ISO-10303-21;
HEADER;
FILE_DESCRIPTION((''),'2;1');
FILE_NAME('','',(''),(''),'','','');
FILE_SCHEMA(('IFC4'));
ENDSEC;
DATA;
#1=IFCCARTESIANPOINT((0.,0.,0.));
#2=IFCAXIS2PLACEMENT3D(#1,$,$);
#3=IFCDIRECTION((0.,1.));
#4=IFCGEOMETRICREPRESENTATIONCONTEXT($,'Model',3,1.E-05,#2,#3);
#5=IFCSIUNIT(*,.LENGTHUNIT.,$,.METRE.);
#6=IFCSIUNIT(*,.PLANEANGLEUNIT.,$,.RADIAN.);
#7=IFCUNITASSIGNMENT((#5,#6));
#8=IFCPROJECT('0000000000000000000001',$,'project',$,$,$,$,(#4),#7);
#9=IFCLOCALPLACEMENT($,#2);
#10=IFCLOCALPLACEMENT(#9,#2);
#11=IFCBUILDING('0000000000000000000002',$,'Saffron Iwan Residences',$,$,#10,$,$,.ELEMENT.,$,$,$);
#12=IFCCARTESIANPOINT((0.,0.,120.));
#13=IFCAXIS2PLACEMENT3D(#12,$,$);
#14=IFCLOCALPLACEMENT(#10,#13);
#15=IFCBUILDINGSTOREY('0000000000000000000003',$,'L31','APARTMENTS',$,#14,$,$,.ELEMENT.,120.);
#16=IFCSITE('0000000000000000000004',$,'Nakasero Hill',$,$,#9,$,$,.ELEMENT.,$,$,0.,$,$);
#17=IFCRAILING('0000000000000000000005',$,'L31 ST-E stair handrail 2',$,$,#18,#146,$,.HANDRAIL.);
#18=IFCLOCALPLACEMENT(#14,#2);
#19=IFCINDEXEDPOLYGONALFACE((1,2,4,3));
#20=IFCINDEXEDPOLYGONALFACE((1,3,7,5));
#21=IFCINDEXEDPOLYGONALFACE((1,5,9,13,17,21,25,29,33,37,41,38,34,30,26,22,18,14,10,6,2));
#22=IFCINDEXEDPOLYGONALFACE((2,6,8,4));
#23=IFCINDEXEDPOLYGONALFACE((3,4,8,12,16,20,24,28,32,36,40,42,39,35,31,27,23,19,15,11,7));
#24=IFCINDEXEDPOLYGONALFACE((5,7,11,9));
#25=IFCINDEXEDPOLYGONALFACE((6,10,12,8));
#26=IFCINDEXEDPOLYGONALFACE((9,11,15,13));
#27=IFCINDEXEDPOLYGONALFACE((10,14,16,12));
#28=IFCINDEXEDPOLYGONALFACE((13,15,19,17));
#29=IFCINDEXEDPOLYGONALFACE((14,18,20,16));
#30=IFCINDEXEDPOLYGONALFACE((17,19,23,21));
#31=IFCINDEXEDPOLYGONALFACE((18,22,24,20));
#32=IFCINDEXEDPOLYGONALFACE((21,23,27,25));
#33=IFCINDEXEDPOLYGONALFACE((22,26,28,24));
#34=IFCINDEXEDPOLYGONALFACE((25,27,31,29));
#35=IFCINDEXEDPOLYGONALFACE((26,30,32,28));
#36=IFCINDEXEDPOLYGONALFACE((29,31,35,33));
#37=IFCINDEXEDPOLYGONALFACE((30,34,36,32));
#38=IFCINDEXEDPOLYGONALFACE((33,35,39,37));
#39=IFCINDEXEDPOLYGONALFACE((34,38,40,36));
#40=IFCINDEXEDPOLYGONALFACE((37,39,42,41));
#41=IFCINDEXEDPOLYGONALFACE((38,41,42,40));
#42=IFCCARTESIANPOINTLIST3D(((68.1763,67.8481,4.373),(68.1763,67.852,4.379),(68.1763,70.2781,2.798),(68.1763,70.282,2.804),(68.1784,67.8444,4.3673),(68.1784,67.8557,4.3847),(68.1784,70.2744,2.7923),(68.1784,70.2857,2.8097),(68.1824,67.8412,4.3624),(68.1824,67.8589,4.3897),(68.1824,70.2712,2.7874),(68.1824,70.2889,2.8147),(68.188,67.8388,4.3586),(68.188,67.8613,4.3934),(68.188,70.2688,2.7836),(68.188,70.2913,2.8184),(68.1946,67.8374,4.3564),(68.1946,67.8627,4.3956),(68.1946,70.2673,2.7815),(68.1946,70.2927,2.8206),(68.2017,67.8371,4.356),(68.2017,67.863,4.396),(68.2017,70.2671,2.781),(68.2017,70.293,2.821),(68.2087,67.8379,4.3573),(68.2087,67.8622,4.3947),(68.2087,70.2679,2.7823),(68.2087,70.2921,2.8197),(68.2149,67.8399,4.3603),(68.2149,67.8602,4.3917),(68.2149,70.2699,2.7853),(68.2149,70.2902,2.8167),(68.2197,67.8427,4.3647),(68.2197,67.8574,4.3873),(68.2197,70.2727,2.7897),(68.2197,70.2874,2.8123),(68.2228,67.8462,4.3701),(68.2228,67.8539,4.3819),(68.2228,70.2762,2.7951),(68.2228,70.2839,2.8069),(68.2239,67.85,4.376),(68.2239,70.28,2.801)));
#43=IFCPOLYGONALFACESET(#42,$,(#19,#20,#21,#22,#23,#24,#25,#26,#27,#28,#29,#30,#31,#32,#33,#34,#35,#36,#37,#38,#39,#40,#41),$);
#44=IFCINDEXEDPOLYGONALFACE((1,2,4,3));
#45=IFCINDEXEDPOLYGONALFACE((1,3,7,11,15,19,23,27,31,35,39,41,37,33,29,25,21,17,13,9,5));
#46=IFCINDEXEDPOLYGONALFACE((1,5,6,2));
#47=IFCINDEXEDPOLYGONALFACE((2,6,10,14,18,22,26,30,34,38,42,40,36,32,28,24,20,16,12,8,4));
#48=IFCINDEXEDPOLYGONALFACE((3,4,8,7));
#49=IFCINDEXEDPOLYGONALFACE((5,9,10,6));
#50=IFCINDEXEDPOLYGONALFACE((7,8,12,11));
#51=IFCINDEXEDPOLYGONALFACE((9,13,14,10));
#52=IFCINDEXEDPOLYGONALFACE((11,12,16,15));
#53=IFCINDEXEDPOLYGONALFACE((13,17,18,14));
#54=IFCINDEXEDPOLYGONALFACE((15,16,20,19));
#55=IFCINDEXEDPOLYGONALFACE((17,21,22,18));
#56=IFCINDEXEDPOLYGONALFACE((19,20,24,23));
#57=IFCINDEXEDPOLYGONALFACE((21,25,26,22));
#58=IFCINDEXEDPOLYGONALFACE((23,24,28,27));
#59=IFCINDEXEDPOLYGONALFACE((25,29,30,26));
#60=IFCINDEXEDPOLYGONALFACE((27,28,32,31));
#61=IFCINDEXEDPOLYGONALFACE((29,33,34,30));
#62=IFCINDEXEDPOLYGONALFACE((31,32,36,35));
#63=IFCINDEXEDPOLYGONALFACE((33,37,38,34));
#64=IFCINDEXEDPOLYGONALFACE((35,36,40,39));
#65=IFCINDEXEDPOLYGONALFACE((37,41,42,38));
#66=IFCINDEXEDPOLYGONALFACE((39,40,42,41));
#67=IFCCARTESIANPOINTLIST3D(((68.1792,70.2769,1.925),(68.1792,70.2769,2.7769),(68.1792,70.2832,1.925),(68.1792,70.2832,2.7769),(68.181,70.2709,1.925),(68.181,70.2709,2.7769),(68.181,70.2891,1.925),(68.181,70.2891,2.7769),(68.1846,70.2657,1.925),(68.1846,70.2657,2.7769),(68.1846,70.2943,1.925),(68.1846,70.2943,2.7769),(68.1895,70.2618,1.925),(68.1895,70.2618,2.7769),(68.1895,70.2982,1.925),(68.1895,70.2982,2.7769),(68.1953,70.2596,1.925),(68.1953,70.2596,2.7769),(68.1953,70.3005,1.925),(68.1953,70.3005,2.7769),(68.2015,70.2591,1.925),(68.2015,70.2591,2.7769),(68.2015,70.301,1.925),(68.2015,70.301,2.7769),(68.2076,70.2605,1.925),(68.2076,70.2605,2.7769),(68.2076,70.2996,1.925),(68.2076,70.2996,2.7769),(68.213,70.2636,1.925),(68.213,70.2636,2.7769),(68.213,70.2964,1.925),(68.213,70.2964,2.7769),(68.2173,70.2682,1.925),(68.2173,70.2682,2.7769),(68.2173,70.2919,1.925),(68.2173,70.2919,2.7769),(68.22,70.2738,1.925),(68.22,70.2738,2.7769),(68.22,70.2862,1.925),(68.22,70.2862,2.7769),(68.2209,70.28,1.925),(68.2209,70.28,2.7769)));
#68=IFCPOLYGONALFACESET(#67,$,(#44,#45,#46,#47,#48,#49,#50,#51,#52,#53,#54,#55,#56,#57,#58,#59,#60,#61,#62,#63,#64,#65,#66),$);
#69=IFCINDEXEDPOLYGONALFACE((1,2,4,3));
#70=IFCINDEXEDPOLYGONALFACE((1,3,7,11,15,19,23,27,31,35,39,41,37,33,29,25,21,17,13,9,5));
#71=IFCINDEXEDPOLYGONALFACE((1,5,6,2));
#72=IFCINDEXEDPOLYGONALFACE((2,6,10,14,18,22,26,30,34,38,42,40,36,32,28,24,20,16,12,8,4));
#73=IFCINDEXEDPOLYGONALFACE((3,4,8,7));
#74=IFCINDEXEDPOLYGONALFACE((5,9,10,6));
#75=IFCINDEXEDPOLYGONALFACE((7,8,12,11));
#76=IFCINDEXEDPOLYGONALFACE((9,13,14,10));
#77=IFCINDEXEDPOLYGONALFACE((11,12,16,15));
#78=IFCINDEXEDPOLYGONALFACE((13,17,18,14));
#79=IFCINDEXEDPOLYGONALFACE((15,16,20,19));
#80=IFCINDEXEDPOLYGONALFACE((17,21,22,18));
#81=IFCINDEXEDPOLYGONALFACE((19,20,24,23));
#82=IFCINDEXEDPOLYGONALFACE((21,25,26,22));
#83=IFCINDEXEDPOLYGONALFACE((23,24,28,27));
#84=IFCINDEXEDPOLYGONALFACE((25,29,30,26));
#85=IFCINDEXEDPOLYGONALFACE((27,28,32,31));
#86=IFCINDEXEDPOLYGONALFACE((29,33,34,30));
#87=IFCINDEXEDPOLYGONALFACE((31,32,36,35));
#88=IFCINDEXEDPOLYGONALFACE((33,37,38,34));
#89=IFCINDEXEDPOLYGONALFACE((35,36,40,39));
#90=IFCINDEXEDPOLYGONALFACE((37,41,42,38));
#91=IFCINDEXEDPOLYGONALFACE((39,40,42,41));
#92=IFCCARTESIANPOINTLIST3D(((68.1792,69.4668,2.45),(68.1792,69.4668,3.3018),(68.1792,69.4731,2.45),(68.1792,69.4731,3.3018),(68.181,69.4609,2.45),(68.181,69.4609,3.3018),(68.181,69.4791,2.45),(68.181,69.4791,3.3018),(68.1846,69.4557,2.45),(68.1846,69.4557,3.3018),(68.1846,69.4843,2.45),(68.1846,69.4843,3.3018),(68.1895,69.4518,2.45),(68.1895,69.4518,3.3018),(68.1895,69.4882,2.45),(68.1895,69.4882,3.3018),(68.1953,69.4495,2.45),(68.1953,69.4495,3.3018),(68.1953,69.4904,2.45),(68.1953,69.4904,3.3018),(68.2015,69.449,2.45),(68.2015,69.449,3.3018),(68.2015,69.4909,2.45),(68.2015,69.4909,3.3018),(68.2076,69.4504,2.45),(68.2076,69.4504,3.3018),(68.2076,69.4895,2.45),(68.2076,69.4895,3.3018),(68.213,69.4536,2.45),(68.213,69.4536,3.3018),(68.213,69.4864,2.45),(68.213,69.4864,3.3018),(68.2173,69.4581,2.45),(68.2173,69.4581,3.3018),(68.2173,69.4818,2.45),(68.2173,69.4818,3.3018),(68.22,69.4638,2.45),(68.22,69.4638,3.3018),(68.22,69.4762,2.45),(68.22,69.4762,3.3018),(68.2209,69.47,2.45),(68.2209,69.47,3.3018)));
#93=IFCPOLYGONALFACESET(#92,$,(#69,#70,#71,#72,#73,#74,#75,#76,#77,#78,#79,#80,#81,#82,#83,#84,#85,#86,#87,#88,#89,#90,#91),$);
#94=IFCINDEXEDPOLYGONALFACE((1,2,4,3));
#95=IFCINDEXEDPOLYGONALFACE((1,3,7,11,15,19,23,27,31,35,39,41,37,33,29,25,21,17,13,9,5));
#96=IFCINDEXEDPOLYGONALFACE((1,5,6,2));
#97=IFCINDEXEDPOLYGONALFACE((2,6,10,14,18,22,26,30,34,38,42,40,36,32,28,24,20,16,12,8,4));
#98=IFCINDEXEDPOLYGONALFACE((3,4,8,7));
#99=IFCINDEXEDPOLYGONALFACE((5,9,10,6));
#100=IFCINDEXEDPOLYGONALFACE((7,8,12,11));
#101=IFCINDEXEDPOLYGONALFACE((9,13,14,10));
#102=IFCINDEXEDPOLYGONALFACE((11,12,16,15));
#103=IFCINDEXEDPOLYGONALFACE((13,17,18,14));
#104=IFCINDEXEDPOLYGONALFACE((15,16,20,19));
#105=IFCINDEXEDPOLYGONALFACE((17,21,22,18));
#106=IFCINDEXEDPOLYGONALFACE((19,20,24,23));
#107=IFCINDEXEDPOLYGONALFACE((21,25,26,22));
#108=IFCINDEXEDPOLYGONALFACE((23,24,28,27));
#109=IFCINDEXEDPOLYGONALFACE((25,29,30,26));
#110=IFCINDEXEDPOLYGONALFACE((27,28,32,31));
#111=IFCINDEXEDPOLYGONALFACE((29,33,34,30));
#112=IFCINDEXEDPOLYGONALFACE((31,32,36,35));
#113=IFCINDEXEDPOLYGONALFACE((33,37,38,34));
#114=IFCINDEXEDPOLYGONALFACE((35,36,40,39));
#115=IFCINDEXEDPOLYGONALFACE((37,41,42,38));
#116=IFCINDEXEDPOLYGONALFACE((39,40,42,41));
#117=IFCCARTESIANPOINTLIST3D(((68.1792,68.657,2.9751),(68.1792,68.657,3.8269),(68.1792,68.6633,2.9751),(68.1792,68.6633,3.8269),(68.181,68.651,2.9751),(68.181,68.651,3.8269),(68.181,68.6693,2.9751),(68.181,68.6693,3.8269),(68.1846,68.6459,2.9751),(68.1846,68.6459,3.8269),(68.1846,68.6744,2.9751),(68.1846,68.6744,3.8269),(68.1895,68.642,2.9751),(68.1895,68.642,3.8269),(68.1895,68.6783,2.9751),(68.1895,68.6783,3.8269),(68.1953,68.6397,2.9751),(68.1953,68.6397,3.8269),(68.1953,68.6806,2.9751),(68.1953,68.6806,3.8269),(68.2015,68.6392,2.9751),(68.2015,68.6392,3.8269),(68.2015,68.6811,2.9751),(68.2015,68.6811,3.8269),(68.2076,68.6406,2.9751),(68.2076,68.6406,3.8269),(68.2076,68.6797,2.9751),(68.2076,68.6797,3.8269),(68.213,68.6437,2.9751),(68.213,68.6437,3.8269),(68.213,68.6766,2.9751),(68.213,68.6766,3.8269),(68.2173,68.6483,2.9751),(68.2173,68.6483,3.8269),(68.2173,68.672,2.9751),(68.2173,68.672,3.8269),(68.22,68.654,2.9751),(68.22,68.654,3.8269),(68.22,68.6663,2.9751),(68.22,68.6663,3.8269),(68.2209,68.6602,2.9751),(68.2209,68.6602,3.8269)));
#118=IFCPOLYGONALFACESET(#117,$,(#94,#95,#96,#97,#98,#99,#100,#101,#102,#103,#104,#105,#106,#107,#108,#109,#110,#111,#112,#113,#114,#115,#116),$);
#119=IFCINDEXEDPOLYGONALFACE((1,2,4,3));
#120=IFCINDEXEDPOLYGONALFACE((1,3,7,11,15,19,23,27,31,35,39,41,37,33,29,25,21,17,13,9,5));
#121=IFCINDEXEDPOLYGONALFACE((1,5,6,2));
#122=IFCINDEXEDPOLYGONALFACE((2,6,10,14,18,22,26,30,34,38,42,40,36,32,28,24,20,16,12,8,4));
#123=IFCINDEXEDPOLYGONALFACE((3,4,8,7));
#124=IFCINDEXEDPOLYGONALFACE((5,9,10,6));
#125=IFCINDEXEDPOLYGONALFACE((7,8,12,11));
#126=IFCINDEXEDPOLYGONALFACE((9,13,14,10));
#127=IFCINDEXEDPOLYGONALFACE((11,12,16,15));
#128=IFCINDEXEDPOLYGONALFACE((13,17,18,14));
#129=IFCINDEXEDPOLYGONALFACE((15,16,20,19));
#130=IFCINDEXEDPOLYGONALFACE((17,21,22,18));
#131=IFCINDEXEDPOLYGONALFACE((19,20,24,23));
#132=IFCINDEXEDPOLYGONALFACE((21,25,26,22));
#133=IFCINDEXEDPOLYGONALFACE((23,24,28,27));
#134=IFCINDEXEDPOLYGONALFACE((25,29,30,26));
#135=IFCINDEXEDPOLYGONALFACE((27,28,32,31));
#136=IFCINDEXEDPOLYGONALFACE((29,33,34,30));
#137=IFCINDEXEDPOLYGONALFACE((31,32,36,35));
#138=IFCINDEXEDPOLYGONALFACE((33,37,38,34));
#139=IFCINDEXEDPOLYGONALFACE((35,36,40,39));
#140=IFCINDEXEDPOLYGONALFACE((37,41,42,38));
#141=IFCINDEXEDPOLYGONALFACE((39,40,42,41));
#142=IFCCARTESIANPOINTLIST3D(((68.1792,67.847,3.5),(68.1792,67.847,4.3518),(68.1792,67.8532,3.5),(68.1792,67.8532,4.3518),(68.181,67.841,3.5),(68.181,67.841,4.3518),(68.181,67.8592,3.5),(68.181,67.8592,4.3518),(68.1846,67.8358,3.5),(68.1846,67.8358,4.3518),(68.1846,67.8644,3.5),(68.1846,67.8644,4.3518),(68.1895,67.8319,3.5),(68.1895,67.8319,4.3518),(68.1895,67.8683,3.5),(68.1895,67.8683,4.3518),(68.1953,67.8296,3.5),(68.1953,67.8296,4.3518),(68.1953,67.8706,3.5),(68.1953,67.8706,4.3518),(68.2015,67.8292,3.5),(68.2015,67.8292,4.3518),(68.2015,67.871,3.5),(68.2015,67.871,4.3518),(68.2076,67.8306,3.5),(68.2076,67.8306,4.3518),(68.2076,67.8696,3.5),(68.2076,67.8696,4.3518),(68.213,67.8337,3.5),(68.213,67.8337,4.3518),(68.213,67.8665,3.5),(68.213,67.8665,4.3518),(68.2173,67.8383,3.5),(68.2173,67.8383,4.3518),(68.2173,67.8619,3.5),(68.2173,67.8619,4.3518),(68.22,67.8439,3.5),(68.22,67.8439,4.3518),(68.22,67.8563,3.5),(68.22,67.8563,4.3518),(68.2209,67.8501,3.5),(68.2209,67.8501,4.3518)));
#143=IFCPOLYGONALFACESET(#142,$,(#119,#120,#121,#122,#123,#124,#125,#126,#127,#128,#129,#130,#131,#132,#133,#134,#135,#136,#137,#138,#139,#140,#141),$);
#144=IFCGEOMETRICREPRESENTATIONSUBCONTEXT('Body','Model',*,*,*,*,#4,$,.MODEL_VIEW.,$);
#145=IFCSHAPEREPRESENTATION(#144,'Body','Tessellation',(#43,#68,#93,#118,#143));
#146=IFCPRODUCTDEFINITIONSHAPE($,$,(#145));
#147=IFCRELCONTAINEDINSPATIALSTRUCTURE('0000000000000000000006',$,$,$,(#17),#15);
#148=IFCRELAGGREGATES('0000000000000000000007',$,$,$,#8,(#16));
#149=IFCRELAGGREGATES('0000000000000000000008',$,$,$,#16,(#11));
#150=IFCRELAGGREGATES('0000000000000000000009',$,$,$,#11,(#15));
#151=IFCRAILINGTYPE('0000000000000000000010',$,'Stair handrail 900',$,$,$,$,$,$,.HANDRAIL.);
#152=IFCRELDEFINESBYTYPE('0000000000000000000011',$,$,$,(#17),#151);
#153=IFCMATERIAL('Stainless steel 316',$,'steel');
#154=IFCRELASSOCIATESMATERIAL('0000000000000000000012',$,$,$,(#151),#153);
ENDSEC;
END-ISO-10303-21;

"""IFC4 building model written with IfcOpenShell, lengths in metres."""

from ifc_helpers import new_model, si_unit, direction, frame, origin, origin_2d, place, context, subcontext, project, spatial, circle, extrude, material, type_object, element, save


model = new_model("IFC4")

# Units and contexts
model_context = context("Model", 3, precision=1e-05, world=origin(), true_north=direction((0.0, 1.0)))
body_context = subcontext(model_context, "Body", "Model", "MODEL_VIEW")
ifc_project = project(units=[si_unit("LENGTHUNIT", "METRE"), si_unit("PLANEANGLEUNIT", "RADIAN")], contexts=[model_context])

# Site, building, storey
site_placement = place(None, origin())
site = spatial("IfcSite", under=ifc_project, at=site_placement, Name="Nakasero Hill", CompositionType="ELEMENT", RefElevation=0.0)
building_placement = place(site_placement, origin())
building = spatial("IfcBuilding", under=site, at=building_placement, Name="Saffron Iwan Residences", CompositionType="ELEMENT")
storey_placement = place(building_placement, frame((0.0, 0.0, 120.0)))
storey = spatial("IfcBuildingStorey", under=building, at=storey_placement, Name="L31", Description="APARTMENTS", CompositionType="ELEMENT", Elevation=120.0)

# Railing
ifc_material_1 = material(Name="Stainless steel 316", Category="steel")
railing_type_1 = type_object("IfcRailingType", Name="Stair handrail 900", PredefinedType="HANDRAIL", material=ifc_material_1)
railing_1_placement = place(storey_placement, frame((68.2, 70.28, 1.925)))
element("IfcRailing", 1, at=railing_1_placement, inside=storey, type_object=railing_type_1, Name="L31 ST-E stair handrail 2", PredefinedType="HANDRAIL", context=body_context, shape_type="SweptSolid", body=[
    extrude(circle(Radius=0.0239, at=origin_2d()), frame((0.0, 0.0, 0.876), z_axis=(0.0, -0.839154, 0.543894), x_axis=(1.0, 0.0, 0.0)), (0.0, 0.0, 1.0), 2.8958),
    extrude(circle(Radius=0.021, at=origin_2d()), origin(), (0.0, 0.0, 1.0), 0.8518),
    extrude(circle(Radius=0.021, at=origin_2d()), frame((0.0, -0.8101, 0.5249)), (0.0, 0.0, 1.0), 0.8518),
    extrude(circle(Radius=0.021, at=origin_2d()), frame((0.0, -1.6199, 1.05)), (0.0, 0.0, 1.0), 0.8518),
    extrude(circle(Radius=0.021, at=origin_2d()), frame((0.0, -2.4299, 1.575)), (0.0, 0.0, 1.0), 0.8518),
])

save(model, "model.ifc")
